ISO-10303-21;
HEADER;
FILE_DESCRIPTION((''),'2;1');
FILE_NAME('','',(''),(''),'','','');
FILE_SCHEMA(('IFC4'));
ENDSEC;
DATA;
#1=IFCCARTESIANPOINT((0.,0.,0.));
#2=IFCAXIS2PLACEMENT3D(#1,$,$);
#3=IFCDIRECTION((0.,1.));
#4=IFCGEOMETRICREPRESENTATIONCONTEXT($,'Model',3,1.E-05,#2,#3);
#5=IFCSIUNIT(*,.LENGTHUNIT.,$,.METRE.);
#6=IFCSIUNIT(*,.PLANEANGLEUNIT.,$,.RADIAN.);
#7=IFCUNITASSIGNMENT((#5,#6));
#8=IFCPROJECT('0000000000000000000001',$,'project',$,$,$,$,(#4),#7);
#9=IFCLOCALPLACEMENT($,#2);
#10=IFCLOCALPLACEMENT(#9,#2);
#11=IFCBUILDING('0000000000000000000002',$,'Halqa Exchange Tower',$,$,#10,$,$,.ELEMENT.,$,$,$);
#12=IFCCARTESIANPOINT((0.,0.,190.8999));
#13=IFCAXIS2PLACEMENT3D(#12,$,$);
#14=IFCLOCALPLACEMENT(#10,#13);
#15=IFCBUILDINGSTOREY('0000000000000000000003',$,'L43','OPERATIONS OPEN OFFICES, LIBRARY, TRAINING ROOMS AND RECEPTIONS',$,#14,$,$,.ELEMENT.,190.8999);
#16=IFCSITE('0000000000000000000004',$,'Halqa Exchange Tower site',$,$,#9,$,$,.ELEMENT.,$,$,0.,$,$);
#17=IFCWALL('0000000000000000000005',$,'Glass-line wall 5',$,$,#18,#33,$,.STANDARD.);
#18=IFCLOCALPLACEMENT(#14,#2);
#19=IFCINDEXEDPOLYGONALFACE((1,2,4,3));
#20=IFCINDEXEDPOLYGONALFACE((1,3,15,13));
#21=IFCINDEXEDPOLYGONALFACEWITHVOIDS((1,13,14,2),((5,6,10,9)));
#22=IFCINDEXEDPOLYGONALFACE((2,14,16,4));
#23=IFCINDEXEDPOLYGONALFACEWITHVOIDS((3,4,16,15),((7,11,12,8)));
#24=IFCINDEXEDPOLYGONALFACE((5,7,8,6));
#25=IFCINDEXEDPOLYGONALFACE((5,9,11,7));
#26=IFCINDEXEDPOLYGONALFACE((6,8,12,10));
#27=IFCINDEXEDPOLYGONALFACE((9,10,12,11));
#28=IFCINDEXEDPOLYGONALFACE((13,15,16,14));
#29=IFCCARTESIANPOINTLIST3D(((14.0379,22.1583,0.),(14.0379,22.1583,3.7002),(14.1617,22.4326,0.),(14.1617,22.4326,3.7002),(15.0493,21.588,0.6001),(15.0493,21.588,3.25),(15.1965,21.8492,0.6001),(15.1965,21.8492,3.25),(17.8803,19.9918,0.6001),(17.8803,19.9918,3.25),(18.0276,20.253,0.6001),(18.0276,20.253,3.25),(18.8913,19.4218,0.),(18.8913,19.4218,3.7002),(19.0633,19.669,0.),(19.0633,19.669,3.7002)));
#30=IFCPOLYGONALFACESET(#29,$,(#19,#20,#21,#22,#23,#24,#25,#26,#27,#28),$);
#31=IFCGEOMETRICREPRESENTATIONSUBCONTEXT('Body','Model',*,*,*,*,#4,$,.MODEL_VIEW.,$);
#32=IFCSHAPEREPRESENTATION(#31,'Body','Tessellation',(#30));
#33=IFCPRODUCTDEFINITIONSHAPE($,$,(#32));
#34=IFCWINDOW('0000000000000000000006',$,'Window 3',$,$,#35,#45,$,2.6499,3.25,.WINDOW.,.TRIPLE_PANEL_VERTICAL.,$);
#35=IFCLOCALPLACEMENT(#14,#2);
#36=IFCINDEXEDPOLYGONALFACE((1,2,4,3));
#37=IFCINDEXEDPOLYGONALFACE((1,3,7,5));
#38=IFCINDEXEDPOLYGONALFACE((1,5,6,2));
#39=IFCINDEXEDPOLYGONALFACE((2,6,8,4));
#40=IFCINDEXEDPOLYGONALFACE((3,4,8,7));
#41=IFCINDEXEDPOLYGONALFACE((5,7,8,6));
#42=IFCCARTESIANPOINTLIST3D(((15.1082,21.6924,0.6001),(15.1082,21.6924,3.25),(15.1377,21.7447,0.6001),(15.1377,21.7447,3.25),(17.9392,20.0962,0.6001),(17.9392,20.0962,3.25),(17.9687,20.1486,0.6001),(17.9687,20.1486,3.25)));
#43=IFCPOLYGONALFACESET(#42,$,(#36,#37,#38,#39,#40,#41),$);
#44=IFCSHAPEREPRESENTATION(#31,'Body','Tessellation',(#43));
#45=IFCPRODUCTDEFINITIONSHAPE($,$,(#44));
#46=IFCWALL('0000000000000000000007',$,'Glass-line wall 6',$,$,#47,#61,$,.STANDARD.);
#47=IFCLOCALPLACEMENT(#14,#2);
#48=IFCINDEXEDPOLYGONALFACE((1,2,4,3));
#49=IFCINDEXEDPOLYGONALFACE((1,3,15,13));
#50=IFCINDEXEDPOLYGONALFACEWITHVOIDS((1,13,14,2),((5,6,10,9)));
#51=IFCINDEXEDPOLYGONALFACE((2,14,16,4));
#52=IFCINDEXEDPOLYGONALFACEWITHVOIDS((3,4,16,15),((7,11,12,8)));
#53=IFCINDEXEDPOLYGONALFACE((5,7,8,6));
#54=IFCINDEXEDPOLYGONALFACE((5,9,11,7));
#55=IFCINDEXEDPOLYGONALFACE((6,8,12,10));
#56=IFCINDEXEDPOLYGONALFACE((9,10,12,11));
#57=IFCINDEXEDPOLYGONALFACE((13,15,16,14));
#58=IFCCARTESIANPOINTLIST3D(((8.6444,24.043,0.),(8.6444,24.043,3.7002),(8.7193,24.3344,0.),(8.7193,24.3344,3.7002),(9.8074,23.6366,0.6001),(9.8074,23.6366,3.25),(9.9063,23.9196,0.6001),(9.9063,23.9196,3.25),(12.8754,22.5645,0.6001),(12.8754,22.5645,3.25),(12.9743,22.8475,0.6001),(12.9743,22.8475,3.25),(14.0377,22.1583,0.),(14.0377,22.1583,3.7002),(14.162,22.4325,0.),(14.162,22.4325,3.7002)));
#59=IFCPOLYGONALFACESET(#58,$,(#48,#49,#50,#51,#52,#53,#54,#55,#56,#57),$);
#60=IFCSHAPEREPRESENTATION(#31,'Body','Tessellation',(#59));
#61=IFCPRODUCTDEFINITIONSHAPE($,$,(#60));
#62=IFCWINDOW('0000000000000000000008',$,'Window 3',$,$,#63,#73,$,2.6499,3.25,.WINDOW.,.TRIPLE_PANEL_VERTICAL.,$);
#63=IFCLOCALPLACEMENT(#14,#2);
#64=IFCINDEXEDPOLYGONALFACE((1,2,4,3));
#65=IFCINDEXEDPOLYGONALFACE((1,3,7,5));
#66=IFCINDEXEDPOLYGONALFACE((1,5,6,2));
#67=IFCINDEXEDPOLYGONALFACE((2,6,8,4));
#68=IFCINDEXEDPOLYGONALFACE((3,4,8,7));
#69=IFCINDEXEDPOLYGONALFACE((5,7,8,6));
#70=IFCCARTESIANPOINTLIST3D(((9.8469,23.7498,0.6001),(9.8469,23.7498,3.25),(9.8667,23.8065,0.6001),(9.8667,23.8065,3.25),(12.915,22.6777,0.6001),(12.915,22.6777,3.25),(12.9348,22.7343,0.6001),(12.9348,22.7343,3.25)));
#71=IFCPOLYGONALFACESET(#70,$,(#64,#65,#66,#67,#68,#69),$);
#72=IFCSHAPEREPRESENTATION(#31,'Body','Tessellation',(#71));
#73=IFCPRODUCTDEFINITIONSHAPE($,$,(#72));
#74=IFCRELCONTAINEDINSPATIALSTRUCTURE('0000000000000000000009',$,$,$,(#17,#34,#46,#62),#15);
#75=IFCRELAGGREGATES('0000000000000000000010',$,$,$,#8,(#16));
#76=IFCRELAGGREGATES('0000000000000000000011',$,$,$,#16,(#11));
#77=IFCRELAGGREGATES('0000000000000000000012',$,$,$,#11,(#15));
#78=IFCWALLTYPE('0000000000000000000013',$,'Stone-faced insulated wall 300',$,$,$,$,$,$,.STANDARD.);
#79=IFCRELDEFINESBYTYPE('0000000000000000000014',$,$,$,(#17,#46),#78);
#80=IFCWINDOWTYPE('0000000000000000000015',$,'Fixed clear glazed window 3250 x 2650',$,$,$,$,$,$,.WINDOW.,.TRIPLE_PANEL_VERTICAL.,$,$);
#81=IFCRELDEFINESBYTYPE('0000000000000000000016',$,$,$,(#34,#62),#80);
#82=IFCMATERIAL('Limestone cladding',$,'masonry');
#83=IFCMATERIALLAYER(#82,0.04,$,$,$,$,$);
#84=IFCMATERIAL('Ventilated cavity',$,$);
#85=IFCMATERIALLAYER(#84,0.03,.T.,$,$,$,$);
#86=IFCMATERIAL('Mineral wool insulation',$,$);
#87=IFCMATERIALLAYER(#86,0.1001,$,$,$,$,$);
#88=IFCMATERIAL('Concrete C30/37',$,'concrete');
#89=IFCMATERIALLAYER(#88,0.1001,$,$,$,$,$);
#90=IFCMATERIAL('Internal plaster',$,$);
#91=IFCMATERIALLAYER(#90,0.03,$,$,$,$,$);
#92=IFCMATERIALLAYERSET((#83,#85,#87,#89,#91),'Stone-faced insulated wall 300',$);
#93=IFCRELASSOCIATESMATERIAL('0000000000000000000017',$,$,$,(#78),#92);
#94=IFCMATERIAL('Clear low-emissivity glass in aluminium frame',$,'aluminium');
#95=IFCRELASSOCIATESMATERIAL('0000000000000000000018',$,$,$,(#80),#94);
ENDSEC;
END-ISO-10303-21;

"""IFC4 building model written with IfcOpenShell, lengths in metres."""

from ifc_helpers import new_model, si_unit, direction, frame, frame_2d, origin, place, context, subcontext, project, spatial, polyline, rectangle, outline, extrude, material, layer, layer_set, type_object, element, fill, save


model = new_model("IFC4")

# Units and contexts
model_context = context("Model", 3, precision=1e-05, world=origin(), true_north=direction((0.0, 1.0)))
body_context = subcontext(model_context, "Body", "Model", "MODEL_VIEW")
ifc_project = project(units=[si_unit("LENGTHUNIT", "METRE"), si_unit("PLANEANGLEUNIT", "RADIAN")], contexts=[model_context])

# Site, building, storey
site_placement = place(None, origin())
site = spatial("IfcSite", under=ifc_project, at=site_placement, Name="Halqa Exchange Tower site", CompositionType="ELEMENT", RefElevation=0.0)
building_placement = place(site_placement, origin())
building = spatial("IfcBuilding", under=site, at=building_placement, Name="Halqa Exchange Tower", CompositionType="ELEMENT")
storey_placement = place(building_placement, frame((0.0, 0.0, 190.8999)))
storey = spatial("IfcBuildingStorey", under=building, at=storey_placement, Name="L43", Description="OPERATIONS OPEN OFFICES, LIBRARY, TRAINING ROOMS AND RECEPTIONS", CompositionType="ELEMENT", Elevation=190.8999)

# Shared definitions
ifc_material_1 = material(Name="Limestone cladding", Category="masonry")
ifc_layer_1 = layer(ifc_material_1, 0.04)
ifc_material_2 = material(Name="Ventilated cavity")
ifc_layer_2 = layer(ifc_material_2, 0.03, ventilated=True)
ifc_material_3 = material(Name="Mineral wool insulation")
ifc_layer_3 = layer(ifc_material_3, 0.1001)
ifc_material_4 = material(Name="Concrete C30/37", Category="concrete")
ifc_layer_4 = layer(ifc_material_4, 0.1001)
ifc_material_5 = material(Name="Internal plaster")
ifc_layer_5 = layer(ifc_material_5, 0.03)
ifc_layer_set_1 = layer_set([ifc_layer_1, ifc_layer_2, ifc_layer_3, ifc_layer_4, ifc_layer_5], Name="Stone-faced insulated wall 300")
wall_type_1 = type_object("IfcWallType", Name="Stone-faced insulated wall 300", PredefinedType="STANDARD", material=ifc_layer_set_1)
ifc_material_6 = material(Name="Clear low-emissivity glass in aluminium frame", Category="aluminium")

# Walls, openings, windows
wall_1_placement = place(storey_placement, frame((18.9773, 19.5454, 0.0), z_axis=(0.0, 0.0, 1.0), x_axis=(-0.871084, 0.491135, 0.0)))
wall_1 = element("IfcWall", 1, at=wall_1_placement, inside=storey, type_object=wall_type_1, Name="Glass-line wall 5", PredefinedType="STANDARD", context=body_context, shape_type="SweptSolid", body=[
    extrude(outline(polyline([(-0.0142, -0.1499), (5.6128, -0.1499), (5.5859, 0.1499), (0.0142, 0.1499), (-0.0142, -0.1499)])), origin(), (0.0, 0.0, 1.0), 3.7002),
])
opening_1_placement = place(wall_1_placement, frame((1.1748, 0.0, 0.6001)))
opening_1 = element("IfcOpeningElement", 2, at=opening_1_placement, cuts=wall_1, PredefinedType="OPENING", context=body_context, shape_type="SweptSolid", body=[
    extrude(rectangle(XDim=3.25, YDim=2.6499, at=frame_2d((1.625, 1.325))), frame((0.0, 0.1621, 0.0), z_axis=(0.0, -1.0, 0.0), x_axis=(1.0, 0.0, 0.0)), (0.0, 0.0, 1.0), 0.324),
])
window_type = type_object("IfcWindowType", Name="Fixed clear glazed window 3250 x 2650", PartitioningType="TRIPLE_PANEL_VERTICAL", PredefinedType="WINDOW", material=ifc_material_6)
window_1_placement = place(opening_1_placement, origin())
window_1 = element("IfcWindow", 3, at=window_1_placement, inside=storey, type_object=window_type, Name="Window 3", OverallHeight=2.6499, OverallWidth=3.25, PartitioningType="TRIPLE_PANEL_VERTICAL", PredefinedType="WINDOW", context=body_context, shape_type="SweptSolid", body=[
    extrude(rectangle(XDim=3.25, YDim=2.6499, at=frame_2d((1.625, 1.325))), frame((0.0, 0.03, 0.0), z_axis=(0.0, -1.0, 0.0), x_axis=(1.0, 0.0, 0.0)), (0.0, 0.0, 1.0), 0.0601),
])
fill(opening_1, window_1)
wall_2_placement = place(storey_placement, frame((14.0999, 22.2954, 0.0), z_axis=(0.0, 0.0, 1.0), x_axis=(-0.94402, 0.329888, 0.0)))
wall_2 = element("IfcWall", 4, at=wall_2_placement, inside=storey, type_object=wall_type_1, Name="Glass-line wall 6", PredefinedType="STANDARD", context=body_context, shape_type="SweptSolid", body=[
    extrude(outline(polyline([(-0.0134, -0.1499), (5.752, -0.1499), (5.7266, 0.1499), (0.0134, 0.1499), (-0.0134, -0.1499)])), origin(), (0.0, 0.0, 1.0), 3.7002),
])
opening_2_placement = place(wall_2_placement, frame((1.2446, 0.0, 0.6001)))
opening_2 = element("IfcOpeningElement", 5, at=opening_2_placement, cuts=wall_2, PredefinedType="OPENING", context=body_context, shape_type="SweptSolid", body=[
    extrude(rectangle(XDim=3.25, YDim=2.6499, at=frame_2d((1.625, 1.325))), frame((0.0, 0.1621, 0.0), z_axis=(0.0, -1.0, 0.0), x_axis=(1.0, 0.0, 0.0)), (0.0, 0.0, 1.0), 0.324),
])
window_2_placement = place(opening_2_placement, origin())
window_2 = element("IfcWindow", 6, at=window_2_placement, inside=storey, type_object=window_type, Name="Window 3", OverallHeight=2.6499, OverallWidth=3.25, PartitioningType="TRIPLE_PANEL_VERTICAL", PredefinedType="WINDOW", context=body_context, shape_type="SweptSolid", body=[
    extrude(rectangle(XDim=3.25, YDim=2.6499, at=frame_2d((1.625, 1.325))), frame((0.0, 0.03, 0.0), z_axis=(0.0, -1.0, 0.0), x_axis=(1.0, 0.0, 0.0)), (0.0, 0.0, 1.0), 0.0601),
])
fill(opening_2, window_2)

save(model, "model.ifc")
